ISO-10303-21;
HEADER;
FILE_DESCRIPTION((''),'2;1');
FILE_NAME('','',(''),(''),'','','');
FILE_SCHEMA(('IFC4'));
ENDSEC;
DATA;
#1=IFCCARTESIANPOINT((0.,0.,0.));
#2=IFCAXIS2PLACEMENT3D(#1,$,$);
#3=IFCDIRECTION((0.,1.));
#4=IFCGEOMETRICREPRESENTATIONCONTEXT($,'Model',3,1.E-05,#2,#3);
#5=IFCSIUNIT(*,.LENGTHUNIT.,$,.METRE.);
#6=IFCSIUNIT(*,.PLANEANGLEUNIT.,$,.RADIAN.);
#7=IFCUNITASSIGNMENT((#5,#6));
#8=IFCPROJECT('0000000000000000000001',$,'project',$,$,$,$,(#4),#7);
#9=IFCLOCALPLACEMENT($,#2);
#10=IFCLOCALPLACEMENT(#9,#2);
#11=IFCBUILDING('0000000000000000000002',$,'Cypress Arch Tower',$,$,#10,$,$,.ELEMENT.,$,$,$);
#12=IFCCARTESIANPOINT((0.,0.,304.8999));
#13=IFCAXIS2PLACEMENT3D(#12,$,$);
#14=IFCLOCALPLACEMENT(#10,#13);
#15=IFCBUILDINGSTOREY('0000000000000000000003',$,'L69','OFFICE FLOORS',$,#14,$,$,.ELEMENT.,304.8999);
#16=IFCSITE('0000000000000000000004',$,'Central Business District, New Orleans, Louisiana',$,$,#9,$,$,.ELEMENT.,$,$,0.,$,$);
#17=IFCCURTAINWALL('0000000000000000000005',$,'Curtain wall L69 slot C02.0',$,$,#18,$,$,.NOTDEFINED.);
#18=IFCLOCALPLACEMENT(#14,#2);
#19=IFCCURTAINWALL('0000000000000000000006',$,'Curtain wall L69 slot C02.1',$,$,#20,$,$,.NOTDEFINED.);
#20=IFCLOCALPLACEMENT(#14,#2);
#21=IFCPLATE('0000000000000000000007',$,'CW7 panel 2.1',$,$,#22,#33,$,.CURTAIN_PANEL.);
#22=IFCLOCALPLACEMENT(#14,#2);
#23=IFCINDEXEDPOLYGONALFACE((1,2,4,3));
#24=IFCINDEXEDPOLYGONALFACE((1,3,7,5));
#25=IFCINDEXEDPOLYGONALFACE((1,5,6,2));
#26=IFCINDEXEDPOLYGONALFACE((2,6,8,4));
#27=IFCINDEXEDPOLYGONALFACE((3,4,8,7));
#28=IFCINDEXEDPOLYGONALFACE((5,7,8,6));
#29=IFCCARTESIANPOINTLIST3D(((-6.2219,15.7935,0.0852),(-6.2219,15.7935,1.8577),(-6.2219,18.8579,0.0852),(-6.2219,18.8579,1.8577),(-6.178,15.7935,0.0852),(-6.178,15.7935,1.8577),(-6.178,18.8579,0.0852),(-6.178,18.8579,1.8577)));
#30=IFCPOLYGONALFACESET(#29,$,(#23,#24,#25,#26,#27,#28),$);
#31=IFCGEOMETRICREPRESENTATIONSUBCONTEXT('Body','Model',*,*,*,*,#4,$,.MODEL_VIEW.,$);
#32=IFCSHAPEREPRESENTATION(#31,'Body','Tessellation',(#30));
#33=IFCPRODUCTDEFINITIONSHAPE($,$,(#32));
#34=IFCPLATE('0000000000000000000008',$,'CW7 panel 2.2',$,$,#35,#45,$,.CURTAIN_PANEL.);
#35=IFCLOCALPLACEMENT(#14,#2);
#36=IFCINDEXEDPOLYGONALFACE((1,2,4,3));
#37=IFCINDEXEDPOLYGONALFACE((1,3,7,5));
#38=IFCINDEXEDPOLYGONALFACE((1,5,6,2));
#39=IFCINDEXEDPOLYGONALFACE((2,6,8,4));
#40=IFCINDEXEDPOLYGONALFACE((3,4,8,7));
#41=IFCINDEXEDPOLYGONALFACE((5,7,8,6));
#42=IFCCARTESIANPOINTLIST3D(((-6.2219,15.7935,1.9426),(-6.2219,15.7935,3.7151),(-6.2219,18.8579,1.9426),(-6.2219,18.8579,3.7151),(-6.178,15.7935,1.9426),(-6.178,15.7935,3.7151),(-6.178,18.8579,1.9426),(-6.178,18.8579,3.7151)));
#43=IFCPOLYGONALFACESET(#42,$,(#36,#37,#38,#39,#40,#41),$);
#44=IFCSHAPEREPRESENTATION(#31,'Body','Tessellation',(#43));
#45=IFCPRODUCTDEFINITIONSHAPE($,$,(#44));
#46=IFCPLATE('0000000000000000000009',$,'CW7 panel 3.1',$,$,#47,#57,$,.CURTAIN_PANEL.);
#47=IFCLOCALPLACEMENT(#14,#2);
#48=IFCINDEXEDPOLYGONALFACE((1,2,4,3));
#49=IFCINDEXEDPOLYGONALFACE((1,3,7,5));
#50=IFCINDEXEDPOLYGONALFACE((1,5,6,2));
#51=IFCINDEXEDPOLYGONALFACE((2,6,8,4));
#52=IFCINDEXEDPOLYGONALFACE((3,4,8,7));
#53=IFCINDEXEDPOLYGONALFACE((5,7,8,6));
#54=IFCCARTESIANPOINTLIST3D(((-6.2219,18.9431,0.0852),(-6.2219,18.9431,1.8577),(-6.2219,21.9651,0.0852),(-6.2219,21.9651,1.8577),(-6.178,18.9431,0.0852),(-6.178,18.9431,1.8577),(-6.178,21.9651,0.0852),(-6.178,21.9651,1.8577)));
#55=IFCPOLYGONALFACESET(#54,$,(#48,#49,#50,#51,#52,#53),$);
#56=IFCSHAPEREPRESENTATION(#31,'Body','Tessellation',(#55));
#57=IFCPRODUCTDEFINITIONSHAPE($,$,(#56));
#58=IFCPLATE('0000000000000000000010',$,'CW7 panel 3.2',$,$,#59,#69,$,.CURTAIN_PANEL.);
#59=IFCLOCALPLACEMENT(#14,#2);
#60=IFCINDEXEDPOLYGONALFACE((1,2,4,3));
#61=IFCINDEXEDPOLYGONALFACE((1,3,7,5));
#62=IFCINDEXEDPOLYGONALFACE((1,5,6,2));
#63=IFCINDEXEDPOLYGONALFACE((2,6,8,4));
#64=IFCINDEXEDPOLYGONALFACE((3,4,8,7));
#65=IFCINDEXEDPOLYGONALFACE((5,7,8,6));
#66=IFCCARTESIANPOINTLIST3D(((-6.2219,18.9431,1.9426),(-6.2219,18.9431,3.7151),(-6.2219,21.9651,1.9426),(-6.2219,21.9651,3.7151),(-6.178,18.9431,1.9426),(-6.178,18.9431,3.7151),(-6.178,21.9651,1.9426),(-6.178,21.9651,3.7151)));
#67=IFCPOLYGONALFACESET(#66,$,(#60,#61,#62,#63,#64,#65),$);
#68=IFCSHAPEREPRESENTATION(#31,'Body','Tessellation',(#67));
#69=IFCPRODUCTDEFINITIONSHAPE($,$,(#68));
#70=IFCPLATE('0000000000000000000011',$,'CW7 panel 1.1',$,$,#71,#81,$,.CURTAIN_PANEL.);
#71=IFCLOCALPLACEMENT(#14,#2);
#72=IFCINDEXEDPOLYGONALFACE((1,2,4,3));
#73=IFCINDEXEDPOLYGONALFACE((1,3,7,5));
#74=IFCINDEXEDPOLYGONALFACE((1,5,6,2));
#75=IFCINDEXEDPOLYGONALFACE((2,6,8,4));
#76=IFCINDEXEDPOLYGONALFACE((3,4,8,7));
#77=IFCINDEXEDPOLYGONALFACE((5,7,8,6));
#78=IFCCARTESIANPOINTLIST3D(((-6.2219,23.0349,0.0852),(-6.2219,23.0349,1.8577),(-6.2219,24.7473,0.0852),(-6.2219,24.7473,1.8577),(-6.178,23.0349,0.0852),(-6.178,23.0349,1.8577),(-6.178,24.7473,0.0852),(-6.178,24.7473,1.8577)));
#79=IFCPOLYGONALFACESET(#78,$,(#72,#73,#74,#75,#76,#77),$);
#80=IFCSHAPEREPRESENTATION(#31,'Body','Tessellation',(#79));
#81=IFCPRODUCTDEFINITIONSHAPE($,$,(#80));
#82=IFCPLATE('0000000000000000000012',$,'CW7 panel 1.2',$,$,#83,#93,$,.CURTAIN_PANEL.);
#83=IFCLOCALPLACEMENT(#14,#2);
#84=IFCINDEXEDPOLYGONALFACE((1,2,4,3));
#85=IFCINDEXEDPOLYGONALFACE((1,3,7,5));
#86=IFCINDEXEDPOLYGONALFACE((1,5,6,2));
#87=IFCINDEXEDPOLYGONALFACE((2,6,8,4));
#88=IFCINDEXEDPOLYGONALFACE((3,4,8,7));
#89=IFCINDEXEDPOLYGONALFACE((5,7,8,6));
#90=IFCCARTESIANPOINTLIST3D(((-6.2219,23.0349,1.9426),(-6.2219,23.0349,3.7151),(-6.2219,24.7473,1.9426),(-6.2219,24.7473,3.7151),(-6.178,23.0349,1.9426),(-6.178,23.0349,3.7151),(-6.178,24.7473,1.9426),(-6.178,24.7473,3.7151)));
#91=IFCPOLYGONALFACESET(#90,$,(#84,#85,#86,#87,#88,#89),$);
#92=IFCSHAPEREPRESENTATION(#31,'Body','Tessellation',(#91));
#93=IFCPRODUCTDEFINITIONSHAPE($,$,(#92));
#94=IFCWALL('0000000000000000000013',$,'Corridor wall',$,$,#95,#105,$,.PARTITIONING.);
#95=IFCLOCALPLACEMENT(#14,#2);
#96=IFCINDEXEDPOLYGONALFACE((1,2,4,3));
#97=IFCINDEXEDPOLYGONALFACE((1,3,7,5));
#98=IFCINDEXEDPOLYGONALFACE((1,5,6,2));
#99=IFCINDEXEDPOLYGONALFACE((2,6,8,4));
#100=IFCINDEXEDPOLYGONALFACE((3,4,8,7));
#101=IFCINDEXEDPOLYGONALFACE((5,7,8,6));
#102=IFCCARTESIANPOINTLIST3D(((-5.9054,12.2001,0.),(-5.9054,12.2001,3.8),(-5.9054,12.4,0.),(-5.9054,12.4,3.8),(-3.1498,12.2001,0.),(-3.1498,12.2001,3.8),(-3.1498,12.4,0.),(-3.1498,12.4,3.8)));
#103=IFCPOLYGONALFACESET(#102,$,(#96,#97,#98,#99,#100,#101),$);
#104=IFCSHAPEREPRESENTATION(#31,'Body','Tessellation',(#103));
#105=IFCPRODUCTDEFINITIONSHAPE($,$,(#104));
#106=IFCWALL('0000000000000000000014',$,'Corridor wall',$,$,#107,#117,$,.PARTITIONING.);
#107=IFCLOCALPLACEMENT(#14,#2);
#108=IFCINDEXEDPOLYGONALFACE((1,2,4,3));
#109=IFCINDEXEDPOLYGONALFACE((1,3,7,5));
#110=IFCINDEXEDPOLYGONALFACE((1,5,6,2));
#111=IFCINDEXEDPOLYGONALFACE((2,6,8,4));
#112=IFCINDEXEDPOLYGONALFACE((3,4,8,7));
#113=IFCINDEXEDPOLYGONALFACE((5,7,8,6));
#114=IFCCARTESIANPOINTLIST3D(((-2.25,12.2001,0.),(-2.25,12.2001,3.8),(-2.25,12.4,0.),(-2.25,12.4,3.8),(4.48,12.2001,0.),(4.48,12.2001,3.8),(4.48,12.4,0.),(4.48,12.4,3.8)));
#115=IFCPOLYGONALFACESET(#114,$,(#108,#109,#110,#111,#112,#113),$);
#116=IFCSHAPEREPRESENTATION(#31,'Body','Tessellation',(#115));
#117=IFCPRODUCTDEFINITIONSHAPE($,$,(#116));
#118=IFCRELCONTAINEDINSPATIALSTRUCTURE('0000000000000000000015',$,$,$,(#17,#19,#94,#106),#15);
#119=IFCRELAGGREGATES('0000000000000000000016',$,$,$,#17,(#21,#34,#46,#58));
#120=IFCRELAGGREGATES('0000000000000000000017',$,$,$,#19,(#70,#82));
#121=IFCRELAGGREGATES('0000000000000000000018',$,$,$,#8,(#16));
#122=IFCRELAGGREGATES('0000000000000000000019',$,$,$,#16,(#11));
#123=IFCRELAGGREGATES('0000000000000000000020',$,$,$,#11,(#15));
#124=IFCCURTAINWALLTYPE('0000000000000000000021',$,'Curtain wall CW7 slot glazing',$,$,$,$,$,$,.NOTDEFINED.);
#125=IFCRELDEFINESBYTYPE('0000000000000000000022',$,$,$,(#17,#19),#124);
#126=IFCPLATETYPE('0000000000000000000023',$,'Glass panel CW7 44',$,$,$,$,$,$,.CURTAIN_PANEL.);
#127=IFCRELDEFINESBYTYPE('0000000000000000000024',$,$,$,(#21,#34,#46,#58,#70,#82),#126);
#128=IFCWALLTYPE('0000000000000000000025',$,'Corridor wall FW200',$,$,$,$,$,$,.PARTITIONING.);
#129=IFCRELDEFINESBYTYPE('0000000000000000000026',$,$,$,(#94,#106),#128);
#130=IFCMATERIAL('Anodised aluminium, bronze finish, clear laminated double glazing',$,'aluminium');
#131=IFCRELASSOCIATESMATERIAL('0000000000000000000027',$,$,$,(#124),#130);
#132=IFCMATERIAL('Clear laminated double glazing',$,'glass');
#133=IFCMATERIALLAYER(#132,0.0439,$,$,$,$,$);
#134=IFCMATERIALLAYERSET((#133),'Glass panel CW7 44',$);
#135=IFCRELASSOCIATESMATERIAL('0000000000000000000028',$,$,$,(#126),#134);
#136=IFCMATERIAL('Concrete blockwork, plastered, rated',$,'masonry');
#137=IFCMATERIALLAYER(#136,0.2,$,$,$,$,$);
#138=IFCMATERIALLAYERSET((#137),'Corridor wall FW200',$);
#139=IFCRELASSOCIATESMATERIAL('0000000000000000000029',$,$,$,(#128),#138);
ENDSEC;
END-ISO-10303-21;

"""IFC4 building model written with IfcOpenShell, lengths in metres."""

from ifc_helpers import new_model, si_unit, direction, frame, frame_2d, origin, origin_2d, place, context, subcontext, project, spatial, rectangle, extrude, material, layer, layer_set, type_object, element, aggregate, save


model = new_model("IFC4")

# Units and contexts
model_context = context("Model", 3, precision=1e-05, world=origin(), true_north=direction((0.0, 1.0)))
body_context = subcontext(model_context, "Body", "Model", "MODEL_VIEW")
ifc_project = project(units=[si_unit("LENGTHUNIT", "METRE"), si_unit("PLANEANGLEUNIT", "RADIAN")], contexts=[model_context])

# Site, building, storey
site_placement = place(None, origin())
site = spatial("IfcSite", under=ifc_project, at=site_placement, Name="Central Business District, New Orleans, Louisiana", CompositionType="ELEMENT", RefElevation=0.0)
building_placement = place(site_placement, origin())
building = spatial("IfcBuilding", under=site, at=building_placement, Name="Cypress Arch Tower", CompositionType="ELEMENT")
storey_placement = place(building_placement, frame((0.0, 0.0, 304.8999)))
storey = spatial("IfcBuildingStorey", under=building, at=storey_placement, Name="L69", Description="OFFICE FLOORS", CompositionType="ELEMENT", Elevation=304.8999)

# Shared definitions
ifc_material_1 = material(Name="Anodised aluminium, bronze finish, clear laminated double glazing", Category="aluminium")
curtain_wall_type = type_object("IfcCurtainWallType", Name="Curtain wall CW7 slot glazing", PredefinedType="NOTDEFINED", material=ifc_material_1)

# Curtain walls
curtain_wall_1_placement = place(storey_placement, origin())
curtain_wall_1 = element("IfcCurtainWall", 1, at=curtain_wall_1_placement, inside=storey, type_object=curtain_wall_type, Name="Curtain wall L69 slot C02.0", PredefinedType="NOTDEFINED")
curtain_wall_2_placement = place(storey_placement, origin())
curtain_wall_2 = element("IfcCurtainWall", 2, at=curtain_wall_2_placement, inside=storey, type_object=curtain_wall_type, Name="Curtain wall L69 slot C02.1", PredefinedType="NOTDEFINED")

# Plates
ifc_material_2 = material(Name="Clear laminated double glazing", Category="glass")
ifc_layer_1 = layer(ifc_material_2, 0.0439)
ifc_layer_set_1 = layer_set([ifc_layer_1], Name="Glass panel CW7 44")
plate_type = type_object("IfcPlateType", Name="Glass panel CW7 44", PredefinedType="CURTAIN_PANEL", material=ifc_layer_set_1)
plate_1_placement = place(storey_placement, frame((-6.2, 17.3257, 0.0852), z_axis=(0.0, 0.0, 1.0), x_axis=(0.0, 1.0, 0.0)))
plate_1 = element("IfcPlate", 3, at=plate_1_placement, type_object=plate_type, Name="CW7 panel 2.1", PredefinedType="CURTAIN_PANEL", context=body_context, shape_type="SweptSolid", body=[
    extrude(rectangle(XDim=3.0645, YDim=0.0439, at=origin_2d()), origin(), (0.0, 0.0, 1.0), 1.7725),
])
plate_2_placement = place(storey_placement, frame((-6.2, 17.3257, 1.9426), z_axis=(0.0, 0.0, 1.0), x_axis=(0.0, 1.0, 0.0)))
plate_2 = element("IfcPlate", 4, at=plate_2_placement, type_object=plate_type, Name="CW7 panel 2.2", PredefinedType="CURTAIN_PANEL", context=body_context, shape_type="SweptSolid", body=[
    extrude(rectangle(XDim=3.0645, YDim=0.0439, at=origin_2d()), origin(), (0.0, 0.0, 1.0), 1.7725),
])
plate_3_placement = place(storey_placement, frame((-6.2, 20.4541, 0.0852), z_axis=(0.0, 0.0, 1.0), x_axis=(0.0, 1.0, 0.0)))
plate_3 = element("IfcPlate", 5, at=plate_3_placement, type_object=plate_type, Name="CW7 panel 3.1", PredefinedType="CURTAIN_PANEL", context=body_context, shape_type="SweptSolid", body=[
    extrude(rectangle(XDim=3.022, YDim=0.0439, at=origin_2d()), origin(), (0.0, 0.0, 1.0), 1.7725),
])
plate_4_placement = place(storey_placement, frame((-6.2, 20.4541, 1.9426), z_axis=(0.0, 0.0, 1.0), x_axis=(0.0, 1.0, 0.0)))
plate_4 = element("IfcPlate", 6, at=plate_4_placement, type_object=plate_type, Name="CW7 panel 3.2", PredefinedType="CURTAIN_PANEL", context=body_context, shape_type="SweptSolid", body=[
    extrude(rectangle(XDim=3.022, YDim=0.0439, at=origin_2d()), origin(), (0.0, 0.0, 1.0), 1.7725),
])
aggregate(curtain_wall_1, [plate_1, plate_2, plate_3, plate_4])
plate_5_placement = place(storey_placement, frame((-6.2, 23.8911, 0.0852), z_axis=(0.0, 0.0, 1.0), x_axis=(0.0, 1.0, 0.0)))
plate_5 = element("IfcPlate", 7, at=plate_5_placement, type_object=plate_type, Name="CW7 panel 1.1", PredefinedType="CURTAIN_PANEL", context=body_context, shape_type="SweptSolid", body=[
    extrude(rectangle(XDim=1.7124, YDim=0.0439, at=origin_2d()), origin(), (0.0, 0.0, 1.0), 1.7725),
])
plate_6_placement = place(storey_placement, frame((-6.2, 23.8911, 1.9426), z_axis=(0.0, 0.0, 1.0), x_axis=(0.0, 1.0, 0.0)))
plate_6 = element("IfcPlate", 8, at=plate_6_placement, type_object=plate_type, Name="CW7 panel 1.2", PredefinedType="CURTAIN_PANEL", context=body_context, shape_type="SweptSolid", body=[
    extrude(rectangle(XDim=1.7124, YDim=0.0439, at=origin_2d()), origin(), (0.0, 0.0, 1.0), 1.7725),
])
aggregate(curtain_wall_2, [plate_5, plate_6])

# Walls
ifc_material_3 = material(Name="Concrete blockwork, plastered, rated", Category="masonry")
ifc_layer_2 = layer(ifc_material_3, 0.2)
ifc_layer_set_2 = layer_set([ifc_layer_2], Name="Corridor wall FW200")
wall_type = type_object("IfcWallType", Name="Corridor wall FW200", PredefinedType="PARTITIONING", material=ifc_layer_set_2)
wall_1_placement = place(storey_placement, frame((-5.9055, 12.3, 0.0), z_axis=(0.0, 0.0, 1.0), x_axis=(1.0, 0.0, 0.0)))
element("IfcWall", 9, at=wall_1_placement, inside=storey, type_object=wall_type, Name="Corridor wall", PredefinedType="PARTITIONING", context=body_context, shape_type="SweptSolid", body=[
    extrude(rectangle(XDim=2.7556, YDim=0.2, at=frame_2d((1.3779, 0.0))), origin(), (0.0, 0.0, 1.0), 3.8),
])
wall_2_placement = place(storey_placement, frame((-2.25, 12.3, 0.0), z_axis=(0.0, 0.0, 1.0), x_axis=(1.0, 0.0, 0.0)))
element("IfcWall", 10, at=wall_2_placement, inside=storey, type_object=wall_type, Name="Corridor wall", PredefinedType="PARTITIONING", context=body_context, shape_type="SweptSolid", body=[
    extrude(rectangle(XDim=6.73, YDim=0.2, at=frame_2d((3.365, 0.0))), origin(), (0.0, 0.0, 1.0), 3.8),
])

save(model, "model.ifc")
